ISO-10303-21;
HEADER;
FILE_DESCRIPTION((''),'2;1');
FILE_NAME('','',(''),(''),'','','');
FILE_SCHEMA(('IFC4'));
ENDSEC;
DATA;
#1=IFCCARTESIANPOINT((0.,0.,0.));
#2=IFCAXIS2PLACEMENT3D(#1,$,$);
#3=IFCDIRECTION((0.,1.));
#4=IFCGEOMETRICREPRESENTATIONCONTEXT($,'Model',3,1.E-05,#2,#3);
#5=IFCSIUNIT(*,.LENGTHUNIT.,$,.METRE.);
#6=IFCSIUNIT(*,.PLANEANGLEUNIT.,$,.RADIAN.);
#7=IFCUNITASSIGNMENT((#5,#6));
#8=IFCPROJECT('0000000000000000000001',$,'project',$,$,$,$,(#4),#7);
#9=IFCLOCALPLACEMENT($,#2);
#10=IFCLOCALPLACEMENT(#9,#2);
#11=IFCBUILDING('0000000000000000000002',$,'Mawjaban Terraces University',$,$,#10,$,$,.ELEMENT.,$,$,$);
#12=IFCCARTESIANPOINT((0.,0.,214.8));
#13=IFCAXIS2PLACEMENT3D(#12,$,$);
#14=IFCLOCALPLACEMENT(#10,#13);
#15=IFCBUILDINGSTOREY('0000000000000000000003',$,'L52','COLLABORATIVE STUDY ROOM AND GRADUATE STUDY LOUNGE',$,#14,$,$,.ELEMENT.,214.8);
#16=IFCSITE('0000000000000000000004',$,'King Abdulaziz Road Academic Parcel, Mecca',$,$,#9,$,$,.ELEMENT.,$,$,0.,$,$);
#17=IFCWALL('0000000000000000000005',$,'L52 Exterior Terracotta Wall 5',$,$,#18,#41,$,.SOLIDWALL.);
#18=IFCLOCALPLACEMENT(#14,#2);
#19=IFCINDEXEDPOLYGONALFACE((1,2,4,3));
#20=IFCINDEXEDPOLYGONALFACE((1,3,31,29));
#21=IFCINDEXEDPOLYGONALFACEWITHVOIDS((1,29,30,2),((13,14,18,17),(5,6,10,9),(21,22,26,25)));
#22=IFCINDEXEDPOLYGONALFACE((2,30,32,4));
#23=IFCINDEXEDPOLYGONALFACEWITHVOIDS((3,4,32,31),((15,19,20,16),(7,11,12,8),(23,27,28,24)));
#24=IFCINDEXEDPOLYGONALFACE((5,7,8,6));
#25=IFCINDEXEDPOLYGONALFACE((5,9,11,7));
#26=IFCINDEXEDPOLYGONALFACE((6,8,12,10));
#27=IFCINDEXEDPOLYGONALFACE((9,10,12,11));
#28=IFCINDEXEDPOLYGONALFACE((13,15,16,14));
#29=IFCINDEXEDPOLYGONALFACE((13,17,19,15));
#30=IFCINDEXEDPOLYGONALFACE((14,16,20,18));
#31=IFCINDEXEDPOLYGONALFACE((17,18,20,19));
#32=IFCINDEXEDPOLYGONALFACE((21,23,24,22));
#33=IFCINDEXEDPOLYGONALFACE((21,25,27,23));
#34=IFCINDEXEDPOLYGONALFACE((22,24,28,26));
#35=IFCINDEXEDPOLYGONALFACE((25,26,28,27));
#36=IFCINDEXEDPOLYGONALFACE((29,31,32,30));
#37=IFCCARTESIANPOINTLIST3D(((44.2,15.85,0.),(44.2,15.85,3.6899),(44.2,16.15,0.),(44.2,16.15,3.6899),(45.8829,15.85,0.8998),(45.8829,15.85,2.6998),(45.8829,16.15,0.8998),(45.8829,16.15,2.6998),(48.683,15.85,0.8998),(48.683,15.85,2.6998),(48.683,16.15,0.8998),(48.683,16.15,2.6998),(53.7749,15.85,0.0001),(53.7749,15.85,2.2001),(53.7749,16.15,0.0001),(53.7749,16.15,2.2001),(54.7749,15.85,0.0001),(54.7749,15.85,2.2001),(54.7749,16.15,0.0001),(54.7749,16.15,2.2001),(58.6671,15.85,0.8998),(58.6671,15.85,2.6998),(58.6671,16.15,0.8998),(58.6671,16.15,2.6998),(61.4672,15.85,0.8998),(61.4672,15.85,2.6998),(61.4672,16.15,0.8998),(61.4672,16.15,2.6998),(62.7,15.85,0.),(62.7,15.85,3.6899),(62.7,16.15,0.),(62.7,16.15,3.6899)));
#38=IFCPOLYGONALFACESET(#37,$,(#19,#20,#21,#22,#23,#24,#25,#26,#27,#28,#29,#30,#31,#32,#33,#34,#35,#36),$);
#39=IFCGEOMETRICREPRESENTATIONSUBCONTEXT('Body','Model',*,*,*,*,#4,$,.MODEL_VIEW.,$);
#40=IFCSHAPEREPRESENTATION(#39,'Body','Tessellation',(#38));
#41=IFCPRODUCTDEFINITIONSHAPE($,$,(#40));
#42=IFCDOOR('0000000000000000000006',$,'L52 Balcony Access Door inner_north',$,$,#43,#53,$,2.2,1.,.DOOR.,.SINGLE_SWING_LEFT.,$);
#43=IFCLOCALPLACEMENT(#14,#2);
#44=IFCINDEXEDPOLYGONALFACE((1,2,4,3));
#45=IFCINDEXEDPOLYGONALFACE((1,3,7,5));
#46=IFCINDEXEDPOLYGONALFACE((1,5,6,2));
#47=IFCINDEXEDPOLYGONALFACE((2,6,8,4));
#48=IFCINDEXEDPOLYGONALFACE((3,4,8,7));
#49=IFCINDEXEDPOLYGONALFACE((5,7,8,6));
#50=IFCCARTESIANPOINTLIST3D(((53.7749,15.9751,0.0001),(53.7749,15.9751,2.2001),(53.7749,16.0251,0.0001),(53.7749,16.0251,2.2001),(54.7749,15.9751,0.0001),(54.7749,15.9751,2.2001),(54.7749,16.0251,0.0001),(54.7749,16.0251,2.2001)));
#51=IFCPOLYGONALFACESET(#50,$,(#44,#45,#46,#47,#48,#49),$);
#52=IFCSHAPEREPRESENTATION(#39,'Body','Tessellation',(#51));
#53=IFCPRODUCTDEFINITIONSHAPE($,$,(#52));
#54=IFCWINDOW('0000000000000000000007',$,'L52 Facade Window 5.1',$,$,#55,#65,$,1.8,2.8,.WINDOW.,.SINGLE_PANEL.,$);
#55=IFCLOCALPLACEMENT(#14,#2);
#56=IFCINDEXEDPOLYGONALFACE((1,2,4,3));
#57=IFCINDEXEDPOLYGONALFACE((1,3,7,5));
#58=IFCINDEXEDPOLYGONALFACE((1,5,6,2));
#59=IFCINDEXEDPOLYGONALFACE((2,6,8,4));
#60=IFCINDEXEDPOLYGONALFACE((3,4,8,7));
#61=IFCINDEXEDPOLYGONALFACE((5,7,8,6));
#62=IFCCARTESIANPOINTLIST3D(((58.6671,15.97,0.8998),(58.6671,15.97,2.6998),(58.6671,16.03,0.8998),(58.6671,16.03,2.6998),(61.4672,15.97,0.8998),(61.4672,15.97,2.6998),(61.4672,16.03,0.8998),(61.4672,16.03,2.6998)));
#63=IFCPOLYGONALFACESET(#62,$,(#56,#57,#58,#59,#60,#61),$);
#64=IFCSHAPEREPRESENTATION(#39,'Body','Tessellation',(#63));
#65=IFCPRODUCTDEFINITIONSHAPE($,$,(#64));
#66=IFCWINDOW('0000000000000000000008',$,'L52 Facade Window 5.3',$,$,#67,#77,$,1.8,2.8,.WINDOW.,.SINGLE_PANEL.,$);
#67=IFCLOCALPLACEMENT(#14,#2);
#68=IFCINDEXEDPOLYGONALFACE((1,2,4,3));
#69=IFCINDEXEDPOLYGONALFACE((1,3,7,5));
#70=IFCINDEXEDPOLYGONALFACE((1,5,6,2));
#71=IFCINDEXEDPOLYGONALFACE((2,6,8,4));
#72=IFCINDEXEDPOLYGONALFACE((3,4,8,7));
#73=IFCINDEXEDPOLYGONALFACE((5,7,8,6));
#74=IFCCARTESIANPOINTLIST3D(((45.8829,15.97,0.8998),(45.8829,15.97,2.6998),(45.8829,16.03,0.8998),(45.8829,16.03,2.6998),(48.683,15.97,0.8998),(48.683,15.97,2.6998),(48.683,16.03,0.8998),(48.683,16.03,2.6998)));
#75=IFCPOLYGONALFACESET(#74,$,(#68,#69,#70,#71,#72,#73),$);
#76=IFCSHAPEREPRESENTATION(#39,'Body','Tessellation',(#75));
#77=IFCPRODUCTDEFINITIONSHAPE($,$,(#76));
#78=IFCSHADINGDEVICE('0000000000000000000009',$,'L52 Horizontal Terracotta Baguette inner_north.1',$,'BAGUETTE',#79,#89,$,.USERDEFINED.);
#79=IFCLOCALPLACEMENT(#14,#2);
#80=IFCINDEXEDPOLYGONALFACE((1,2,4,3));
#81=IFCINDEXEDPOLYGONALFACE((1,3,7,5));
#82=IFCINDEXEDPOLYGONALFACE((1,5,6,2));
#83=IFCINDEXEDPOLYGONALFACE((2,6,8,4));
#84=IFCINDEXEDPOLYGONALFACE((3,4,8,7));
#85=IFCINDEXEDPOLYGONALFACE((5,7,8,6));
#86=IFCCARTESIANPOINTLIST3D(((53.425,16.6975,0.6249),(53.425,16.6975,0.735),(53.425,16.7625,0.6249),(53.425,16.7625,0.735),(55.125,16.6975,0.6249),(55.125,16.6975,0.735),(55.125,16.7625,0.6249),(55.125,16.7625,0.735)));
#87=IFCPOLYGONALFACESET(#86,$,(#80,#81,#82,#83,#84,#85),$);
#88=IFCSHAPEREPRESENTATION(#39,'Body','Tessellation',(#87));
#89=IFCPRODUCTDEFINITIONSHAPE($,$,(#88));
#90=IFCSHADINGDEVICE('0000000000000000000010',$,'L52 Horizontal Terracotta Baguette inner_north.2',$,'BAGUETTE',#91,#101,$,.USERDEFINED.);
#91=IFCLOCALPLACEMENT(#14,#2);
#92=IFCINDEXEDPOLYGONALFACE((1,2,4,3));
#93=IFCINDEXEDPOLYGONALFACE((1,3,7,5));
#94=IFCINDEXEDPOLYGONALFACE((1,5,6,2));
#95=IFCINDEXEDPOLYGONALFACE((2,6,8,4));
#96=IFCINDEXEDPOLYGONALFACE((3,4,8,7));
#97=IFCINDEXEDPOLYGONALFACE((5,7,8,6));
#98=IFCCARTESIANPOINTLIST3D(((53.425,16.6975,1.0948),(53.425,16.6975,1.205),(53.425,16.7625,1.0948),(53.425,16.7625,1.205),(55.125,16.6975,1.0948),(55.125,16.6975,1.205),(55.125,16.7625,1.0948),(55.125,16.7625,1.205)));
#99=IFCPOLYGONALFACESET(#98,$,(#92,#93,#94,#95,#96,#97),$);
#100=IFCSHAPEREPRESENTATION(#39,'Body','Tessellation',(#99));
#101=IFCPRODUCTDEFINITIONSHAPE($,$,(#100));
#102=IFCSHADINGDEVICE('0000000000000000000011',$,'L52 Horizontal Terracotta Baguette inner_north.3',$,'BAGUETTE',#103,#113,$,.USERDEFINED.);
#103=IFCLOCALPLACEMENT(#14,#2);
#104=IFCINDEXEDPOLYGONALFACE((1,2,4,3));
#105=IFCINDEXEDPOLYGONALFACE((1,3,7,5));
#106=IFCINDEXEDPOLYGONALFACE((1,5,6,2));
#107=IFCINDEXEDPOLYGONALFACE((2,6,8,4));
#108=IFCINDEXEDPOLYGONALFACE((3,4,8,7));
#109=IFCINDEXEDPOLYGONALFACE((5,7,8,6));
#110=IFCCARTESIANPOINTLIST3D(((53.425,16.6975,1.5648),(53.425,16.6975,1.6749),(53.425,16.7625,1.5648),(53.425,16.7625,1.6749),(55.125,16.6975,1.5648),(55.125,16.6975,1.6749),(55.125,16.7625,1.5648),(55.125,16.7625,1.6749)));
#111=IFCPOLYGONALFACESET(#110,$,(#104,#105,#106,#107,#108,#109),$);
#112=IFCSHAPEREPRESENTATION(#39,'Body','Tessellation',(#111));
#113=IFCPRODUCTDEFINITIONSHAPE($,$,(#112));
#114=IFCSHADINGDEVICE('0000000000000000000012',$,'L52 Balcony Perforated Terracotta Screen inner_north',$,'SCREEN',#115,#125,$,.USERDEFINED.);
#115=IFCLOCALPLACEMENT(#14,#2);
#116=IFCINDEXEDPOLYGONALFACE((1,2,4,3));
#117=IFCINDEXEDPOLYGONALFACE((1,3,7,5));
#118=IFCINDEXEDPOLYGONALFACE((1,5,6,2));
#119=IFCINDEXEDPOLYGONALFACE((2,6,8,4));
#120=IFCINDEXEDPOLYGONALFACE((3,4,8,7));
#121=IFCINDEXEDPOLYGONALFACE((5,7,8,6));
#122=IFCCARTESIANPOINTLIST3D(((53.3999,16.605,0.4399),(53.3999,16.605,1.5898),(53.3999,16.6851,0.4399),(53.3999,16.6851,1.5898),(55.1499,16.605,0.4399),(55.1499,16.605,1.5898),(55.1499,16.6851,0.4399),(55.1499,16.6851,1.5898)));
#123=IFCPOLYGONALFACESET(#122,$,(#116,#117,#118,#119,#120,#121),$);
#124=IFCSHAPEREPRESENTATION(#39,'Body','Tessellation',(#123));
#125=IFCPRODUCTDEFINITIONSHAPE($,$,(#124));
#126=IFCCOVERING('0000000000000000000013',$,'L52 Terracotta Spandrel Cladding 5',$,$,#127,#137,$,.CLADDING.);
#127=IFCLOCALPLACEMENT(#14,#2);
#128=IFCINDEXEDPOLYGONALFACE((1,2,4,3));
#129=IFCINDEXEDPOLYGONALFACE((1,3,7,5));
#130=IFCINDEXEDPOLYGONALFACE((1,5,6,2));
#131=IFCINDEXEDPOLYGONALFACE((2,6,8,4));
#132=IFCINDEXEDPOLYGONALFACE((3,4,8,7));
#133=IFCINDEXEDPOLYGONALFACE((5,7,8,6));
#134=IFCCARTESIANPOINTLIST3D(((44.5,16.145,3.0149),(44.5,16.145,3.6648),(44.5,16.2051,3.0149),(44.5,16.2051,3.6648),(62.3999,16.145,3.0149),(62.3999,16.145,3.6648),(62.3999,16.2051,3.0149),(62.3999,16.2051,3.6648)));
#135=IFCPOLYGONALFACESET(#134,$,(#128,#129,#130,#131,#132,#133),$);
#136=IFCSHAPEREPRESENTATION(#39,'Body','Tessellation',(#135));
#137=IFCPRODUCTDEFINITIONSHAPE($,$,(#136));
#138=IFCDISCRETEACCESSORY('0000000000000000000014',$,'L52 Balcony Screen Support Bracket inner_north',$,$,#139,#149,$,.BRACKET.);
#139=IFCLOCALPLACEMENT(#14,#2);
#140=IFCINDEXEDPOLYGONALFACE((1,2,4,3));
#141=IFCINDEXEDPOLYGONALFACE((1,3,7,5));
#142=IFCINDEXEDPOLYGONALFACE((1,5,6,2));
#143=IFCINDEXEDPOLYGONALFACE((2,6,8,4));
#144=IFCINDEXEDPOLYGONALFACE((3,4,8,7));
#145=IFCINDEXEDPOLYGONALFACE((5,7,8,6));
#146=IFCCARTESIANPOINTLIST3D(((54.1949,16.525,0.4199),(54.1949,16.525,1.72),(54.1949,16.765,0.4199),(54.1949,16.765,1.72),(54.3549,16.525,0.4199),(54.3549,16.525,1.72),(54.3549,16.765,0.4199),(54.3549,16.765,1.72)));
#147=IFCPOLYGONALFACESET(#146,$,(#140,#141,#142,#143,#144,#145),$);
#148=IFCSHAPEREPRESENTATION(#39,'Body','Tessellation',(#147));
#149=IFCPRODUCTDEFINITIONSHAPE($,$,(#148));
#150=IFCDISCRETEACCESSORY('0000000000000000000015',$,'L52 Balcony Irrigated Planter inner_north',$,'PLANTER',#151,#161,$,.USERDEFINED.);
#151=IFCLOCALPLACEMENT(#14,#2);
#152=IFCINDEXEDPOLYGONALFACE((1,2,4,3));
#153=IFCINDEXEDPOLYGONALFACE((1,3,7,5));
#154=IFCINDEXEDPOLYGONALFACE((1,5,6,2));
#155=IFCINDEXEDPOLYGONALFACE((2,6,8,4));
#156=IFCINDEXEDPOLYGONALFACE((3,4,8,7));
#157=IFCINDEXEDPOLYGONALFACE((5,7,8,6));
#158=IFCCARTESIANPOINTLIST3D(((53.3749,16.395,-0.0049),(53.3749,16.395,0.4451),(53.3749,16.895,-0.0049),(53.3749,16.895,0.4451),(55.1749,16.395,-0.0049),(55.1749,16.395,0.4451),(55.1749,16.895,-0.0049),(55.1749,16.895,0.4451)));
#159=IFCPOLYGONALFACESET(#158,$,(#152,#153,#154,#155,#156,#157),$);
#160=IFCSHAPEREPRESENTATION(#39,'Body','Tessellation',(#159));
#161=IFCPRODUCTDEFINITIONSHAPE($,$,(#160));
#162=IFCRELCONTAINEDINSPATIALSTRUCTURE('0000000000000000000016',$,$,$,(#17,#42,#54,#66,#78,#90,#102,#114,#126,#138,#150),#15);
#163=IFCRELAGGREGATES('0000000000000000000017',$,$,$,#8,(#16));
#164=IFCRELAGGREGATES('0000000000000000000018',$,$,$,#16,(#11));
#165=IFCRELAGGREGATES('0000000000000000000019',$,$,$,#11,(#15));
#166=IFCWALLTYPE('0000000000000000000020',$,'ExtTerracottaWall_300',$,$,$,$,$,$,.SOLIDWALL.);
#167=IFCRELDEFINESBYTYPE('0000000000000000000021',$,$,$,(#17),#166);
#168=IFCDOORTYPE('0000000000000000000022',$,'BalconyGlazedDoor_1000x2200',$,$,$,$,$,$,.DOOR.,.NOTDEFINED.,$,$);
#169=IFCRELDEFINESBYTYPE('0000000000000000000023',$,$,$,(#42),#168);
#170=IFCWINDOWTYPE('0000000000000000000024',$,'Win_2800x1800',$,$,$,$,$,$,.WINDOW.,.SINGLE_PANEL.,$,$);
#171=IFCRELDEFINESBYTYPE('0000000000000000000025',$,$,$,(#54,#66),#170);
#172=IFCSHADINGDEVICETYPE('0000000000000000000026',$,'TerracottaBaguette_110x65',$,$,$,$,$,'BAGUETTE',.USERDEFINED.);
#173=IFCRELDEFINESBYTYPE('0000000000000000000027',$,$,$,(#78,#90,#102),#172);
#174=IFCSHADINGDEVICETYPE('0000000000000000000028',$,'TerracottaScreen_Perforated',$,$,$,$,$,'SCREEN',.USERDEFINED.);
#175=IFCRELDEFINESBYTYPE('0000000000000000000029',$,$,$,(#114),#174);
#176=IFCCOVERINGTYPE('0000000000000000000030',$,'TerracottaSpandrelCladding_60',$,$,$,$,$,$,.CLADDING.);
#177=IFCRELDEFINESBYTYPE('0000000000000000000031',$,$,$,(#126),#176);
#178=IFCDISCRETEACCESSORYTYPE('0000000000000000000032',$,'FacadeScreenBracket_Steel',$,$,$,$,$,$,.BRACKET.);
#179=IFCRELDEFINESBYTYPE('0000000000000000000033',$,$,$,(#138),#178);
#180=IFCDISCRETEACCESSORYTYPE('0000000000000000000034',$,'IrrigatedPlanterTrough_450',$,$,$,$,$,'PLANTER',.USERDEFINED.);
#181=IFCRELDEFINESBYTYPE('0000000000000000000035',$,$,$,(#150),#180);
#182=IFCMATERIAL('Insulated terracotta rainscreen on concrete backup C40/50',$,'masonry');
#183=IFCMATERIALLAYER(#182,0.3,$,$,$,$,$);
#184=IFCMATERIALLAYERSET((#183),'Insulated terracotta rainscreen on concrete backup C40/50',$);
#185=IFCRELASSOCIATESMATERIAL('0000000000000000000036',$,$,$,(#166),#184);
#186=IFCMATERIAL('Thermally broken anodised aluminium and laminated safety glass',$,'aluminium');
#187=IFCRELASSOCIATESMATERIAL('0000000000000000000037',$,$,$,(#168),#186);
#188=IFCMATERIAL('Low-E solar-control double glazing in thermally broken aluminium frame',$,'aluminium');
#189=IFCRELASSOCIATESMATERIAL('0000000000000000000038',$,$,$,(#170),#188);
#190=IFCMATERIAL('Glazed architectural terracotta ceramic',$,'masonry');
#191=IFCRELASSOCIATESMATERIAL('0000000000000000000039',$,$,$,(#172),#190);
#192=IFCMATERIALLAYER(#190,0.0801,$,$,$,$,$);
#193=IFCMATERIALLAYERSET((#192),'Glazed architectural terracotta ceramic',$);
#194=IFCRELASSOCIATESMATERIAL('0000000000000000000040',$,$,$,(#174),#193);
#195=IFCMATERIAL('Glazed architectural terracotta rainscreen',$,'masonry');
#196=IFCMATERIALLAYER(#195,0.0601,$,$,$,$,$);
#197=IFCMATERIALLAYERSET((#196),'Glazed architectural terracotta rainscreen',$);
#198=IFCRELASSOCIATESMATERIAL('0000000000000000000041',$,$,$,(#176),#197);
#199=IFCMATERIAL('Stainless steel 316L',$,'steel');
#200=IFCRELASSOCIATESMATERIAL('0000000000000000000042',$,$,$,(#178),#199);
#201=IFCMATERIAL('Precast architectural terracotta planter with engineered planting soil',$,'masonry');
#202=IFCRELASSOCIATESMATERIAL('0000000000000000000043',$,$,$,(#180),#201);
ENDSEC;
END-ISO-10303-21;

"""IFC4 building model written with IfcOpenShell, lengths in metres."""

from ifc_helpers import new_model, si_unit, direction, frame, frame_2d, origin, origin_2d, place, context, subcontext, project, spatial, rectangle, extrude, material, layer, layer_set, material_profile, profile_set, type_object, element, fill, save


model = new_model("IFC4")

# Units and contexts
model_context = context("Model", 3, precision=1e-05, world=origin(), true_north=direction((0.0, 1.0)))
body_context = subcontext(model_context, "Body", "Model", "MODEL_VIEW")
ifc_project = project(units=[si_unit("LENGTHUNIT", "METRE"), si_unit("PLANEANGLEUNIT", "RADIAN")], contexts=[model_context])

# Site, building, storey
site_placement = place(None, origin())
site = spatial("IfcSite", under=ifc_project, at=site_placement, Name="King Abdulaziz Road Academic Parcel, Mecca", CompositionType="ELEMENT", RefElevation=0.0)
building_placement = place(site_placement, origin())
building = spatial("IfcBuilding", under=site, at=building_placement, Name="Mawjaban Terraces University", CompositionType="ELEMENT")
storey_placement = place(building_placement, frame((0.0, 0.0, 214.8)))
storey = spatial("IfcBuildingStorey", under=building, at=storey_placement, Name="L52", Description="COLLABORATIVE STUDY ROOM AND GRADUATE STUDY LOUNGE", CompositionType="ELEMENT", Elevation=214.8)

# Wall, openings, door, windows
ifc_material_1 = material(Name="Insulated terracotta rainscreen on concrete backup C40/50", Category="masonry")
ifc_layer_1 = layer(ifc_material_1, 0.3)
ifc_layer_set_1 = layer_set([ifc_layer_1], Name="Insulated terracotta rainscreen on concrete backup C40/50")
wall_type = type_object("IfcWallType", Name="ExtTerracottaWall_300", PredefinedType="SOLIDWALL", material=ifc_layer_set_1)
wall_placement = place(storey_placement, frame((62.7, 16.0, 0.0), z_axis=(0.0, 0.0, 1.0), x_axis=(-1.0, 0.0, 0.0)))
wall = element("IfcWall", 1, at=wall_placement, inside=storey, type_object=wall_type, Name="L52 Exterior Terracotta Wall 5", PredefinedType="SOLIDWALL", context=body_context, shape_type="SweptSolid", body=[
    extrude(rectangle(XDim=18.5, YDim=0.3, at=frame_2d((9.25, 0.0))), origin(), (0.0, 0.0, 1.0), 3.6899),
])
opening_1_placement = place(wall_placement, frame((7.925, 0.0, 0.0)))
opening_1 = element("IfcOpeningElement", 2, at=opening_1_placement, cuts=wall, PredefinedType="OPENING", context=body_context, shape_type="SweptSolid", body=[
    extrude(rectangle(XDim=1.0, YDim=2.2, at=frame_2d((0.5, 1.1001))), frame((0.0, 0.1599, 0.0), z_axis=(0.0, -1.0, 0.0), x_axis=(1.0, 0.0, 0.0)), (0.0, 0.0, 1.0), 0.3201),
])
opening_2_placement = place(wall_placement, frame((1.2329, 0.0, 0.8999)))
opening_2 = element("IfcOpeningElement", 3, at=opening_2_placement, cuts=wall, PredefinedType="OPENING", context=body_context, shape_type="SweptSolid", body=[
    extrude(rectangle(XDim=2.8, YDim=1.8, at=frame_2d((1.3999, 0.8999))), frame((0.0, 0.1599, 0.0), z_axis=(0.0, -1.0, 0.0), x_axis=(1.0, 0.0, 0.0)), (0.0, 0.0, 1.0), 0.3201),
])
opening_3_placement = place(wall_placement, frame((14.0171, 0.0, 0.8999)))
opening_3 = element("IfcOpeningElement", 4, at=opening_3_placement, cuts=wall, PredefinedType="OPENING", context=body_context, shape_type="SweptSolid", body=[
    extrude(rectangle(XDim=2.8, YDim=1.8, at=frame_2d((1.3999, 0.8999))), frame((0.0, 0.1599, 0.0), z_axis=(0.0, -1.0, 0.0), x_axis=(1.0, 0.0, 0.0)), (0.0, 0.0, 1.0), 0.3201),
])
ifc_material_2 = material(Name="Thermally broken anodised aluminium and laminated safety glass", Category="aluminium")
door_type = type_object("IfcDoorType", Name="BalconyGlazedDoor_1000x2200", OperationType="NOTDEFINED", PredefinedType="DOOR", material=ifc_material_2)
door_placement = place(opening_1_placement, origin())
door = element("IfcDoor", 5, at=door_placement, inside=storey, type_object=door_type, Name="L52 Balcony Access Door inner_north", OperationType="SINGLE_SWING_LEFT", OverallHeight=2.2, OverallWidth=1.0, PredefinedType="DOOR", context=body_context, shape_type="SweptSolid", body=[
    extrude(rectangle(XDim=1.0, YDim=2.2, at=frame_2d((0.5, 1.1001))), frame((0.0, 0.0249, 0.0), z_axis=(0.0, -1.0, 0.0), x_axis=(1.0, 0.0, 0.0)), (0.0, 0.0, 1.0), 0.05),
])
fill(opening_1, door)
ifc_material_3 = material(Name="Low-E solar-control double glazing in thermally broken aluminium frame", Category="aluminium")
window_type = type_object("IfcWindowType", Name="Win_2800x1800", PartitioningType="SINGLE_PANEL", PredefinedType="WINDOW", material=ifc_material_3)
window_1_placement = place(opening_2_placement, origin())
window_1 = element("IfcWindow", 6, at=window_1_placement, inside=storey, type_object=window_type, Name="L52 Facade Window 5.1", OverallHeight=1.8, OverallWidth=2.8, PartitioningType="SINGLE_PANEL", PredefinedType="WINDOW", context=body_context, shape_type="SweptSolid", body=[
    extrude(rectangle(XDim=2.8, YDim=1.8, at=frame_2d((1.3999, 0.8999))), frame((0.0, 0.03, 0.0), z_axis=(0.0, -1.0, 0.0), x_axis=(1.0, 0.0, 0.0)), (0.0, 0.0, 1.0), 0.0601),
])
fill(opening_2, window_1)
window_2_placement = place(opening_3_placement, origin())
window_2 = element("IfcWindow", 7, at=window_2_placement, inside=storey, type_object=window_type, Name="L52 Facade Window 5.3", OverallHeight=1.8, OverallWidth=2.8, PartitioningType="SINGLE_PANEL", PredefinedType="WINDOW", context=body_context, shape_type="SweptSolid", body=[
    extrude(rectangle(XDim=2.8, YDim=1.8, at=frame_2d((1.3999, 0.8999))), frame((0.0, 0.03, 0.0), z_axis=(0.0, -1.0, 0.0), x_axis=(1.0, 0.0, 0.0)), (0.0, 0.0, 1.0), 0.0601),
])
fill(opening_3, window_2)

# Shading devices
ifc_material_4 = material(Name="Glazed architectural terracotta ceramic", Category="masonry")
ifc_material_profile_1 = material_profile(ifc_material_4, rectangle(XDim=0.0649, YDim=0.1101, at=origin_2d()), Name="TBAG110X65")
ifc_profile_set_1 = profile_set([ifc_material_profile_1], Name="Glazed architectural terracotta ceramic")
shading_device_type_1 = type_object("IfcShadingDeviceType", Name="TerracottaBaguette_110x65", ElementType="BAGUETTE", PredefinedType="USERDEFINED", material=ifc_profile_set_1)
for number, where, z_axis, x_axis, name in (
    (8, (53.425, 16.73, 0.6799), (1.0, 0.0, 0.0), (0.0, 1.0, 0.0), "L52 Horizontal Terracotta Baguette inner_north.1"),
    (9, (53.425, 16.73, 1.1499), (1.0, 0.0, 0.0), (0.0, 1.0, 0.0), "L52 Horizontal Terracotta Baguette inner_north.2"),
    (10, (53.425, 16.73, 1.6199), (1.0, 0.0, 0.0), (0.0, 1.0, 0.0), "L52 Horizontal Terracotta Baguette inner_north.3"),
):
    element("IfcShadingDevice", number, at=place(storey_placement, frame(where, z_axis=z_axis, x_axis=x_axis)), inside=storey, type_object=shading_device_type_1, Name=name, ObjectType="BAGUETTE", PredefinedType="USERDEFINED", context=body_context, shape_type="SweptSolid", body=[
        extrude(rectangle(XDim=0.0649, YDim=0.1101, at=origin_2d()), origin(), (0.0, 0.0, 1.0), 1.7),
    ])
ifc_layer_2 = layer(ifc_material_4, 0.0801)
ifc_layer_set_2 = layer_set([ifc_layer_2], Name="Glazed architectural terracotta ceramic")
shading_device_type_2 = type_object("IfcShadingDeviceType", Name="TerracottaScreen_Perforated", ElementType="SCREEN", PredefinedType="USERDEFINED", material=ifc_layer_set_2)
shading_device_placement = place(storey_placement, frame((54.2749, 16.645, 0.4399), z_axis=(0.0, 0.0, 1.0), x_axis=(1.0, 0.0, 0.0)))
element("IfcShadingDevice", 11, at=shading_device_placement, inside=storey, type_object=shading_device_type_2, Name="L52 Balcony Perforated Terracotta Screen inner_north", ObjectType="SCREEN", PredefinedType="USERDEFINED", context=body_context, shape_type="SweptSolid", body=[
    extrude(rectangle(XDim=1.75, YDim=0.0801, at=origin_2d()), origin(), (0.0, 0.0, 1.0), 1.1499),
])

# Covering
ifc_material_5 = material(Name="Glazed architectural terracotta rainscreen", Category="masonry")
ifc_layer_3 = layer(ifc_material_5, 0.0601)
ifc_layer_set_3 = layer_set([ifc_layer_3], Name="Glazed architectural terracotta rainscreen")
covering_type = type_object("IfcCoveringType", Name="TerracottaSpandrelCladding_60", PredefinedType="CLADDING", material=ifc_layer_set_3)
covering_placement = place(storey_placement, frame((53.45, 16.175, 3.0149), z_axis=(0.0, 0.0, 1.0), x_axis=(-1.0, 0.0, 0.0)))
element("IfcCovering", 12, at=covering_placement, inside=storey, type_object=covering_type, Name="L52 Terracotta Spandrel Cladding 5", PredefinedType="CLADDING", context=body_context, shape_type="SweptSolid", body=[
    extrude(rectangle(XDim=17.8999, YDim=0.0601, at=origin_2d()), origin(), (0.0, 0.0, 1.0), 0.6499),
])

# Discrete accessories
ifc_material_6 = material(Name="Stainless steel 316L", Category="steel")
discrete_accessory_type_1 = type_object("IfcDiscreteAccessoryType", Name="FacadeScreenBracket_Steel", PredefinedType="BRACKET", material=ifc_material_6)
discrete_accessory_1_placement = place(storey_placement, frame((54.2749, 16.645, 0.4199), z_axis=(0.0, 0.0, 1.0), x_axis=(1.0, 0.0, 0.0)))
element("IfcDiscreteAccessory", 13, at=discrete_accessory_1_placement, inside=storey, type_object=discrete_accessory_type_1, Name="L52 Balcony Screen Support Bracket inner_north", PredefinedType="BRACKET", context=body_context, shape_type="SweptSolid", body=[
    extrude(rectangle(XDim=0.1599, YDim=0.24, at=origin_2d()), origin(), (0.0, 0.0, 1.0), 1.3),
])
ifc_material_7 = material(Name="Precast architectural terracotta planter with engineered planting soil", Category="masonry")
discrete_accessory_type_2 = type_object("IfcDiscreteAccessoryType", Name="IrrigatedPlanterTrough_450", ElementType="PLANTER", PredefinedType="USERDEFINED", material=ifc_material_7)
discrete_accessory_2_placement = place(storey_placement, frame((54.2749, 16.645, -0.0049), z_axis=(0.0, 0.0, 1.0), x_axis=(1.0, 0.0, 0.0)))
element("IfcDiscreteAccessory", 14, at=discrete_accessory_2_placement, inside=storey, type_object=discrete_accessory_type_2, Name="L52 Balcony Irrigated Planter inner_north", ObjectType="PLANTER", PredefinedType="USERDEFINED", context=body_context, shape_type="SweptSolid", body=[
    extrude(rectangle(XDim=1.8, YDim=0.5, at=origin_2d()), origin(), (0.0, 0.0, 1.0), 0.45),
])

save(model, "model.ifc")
